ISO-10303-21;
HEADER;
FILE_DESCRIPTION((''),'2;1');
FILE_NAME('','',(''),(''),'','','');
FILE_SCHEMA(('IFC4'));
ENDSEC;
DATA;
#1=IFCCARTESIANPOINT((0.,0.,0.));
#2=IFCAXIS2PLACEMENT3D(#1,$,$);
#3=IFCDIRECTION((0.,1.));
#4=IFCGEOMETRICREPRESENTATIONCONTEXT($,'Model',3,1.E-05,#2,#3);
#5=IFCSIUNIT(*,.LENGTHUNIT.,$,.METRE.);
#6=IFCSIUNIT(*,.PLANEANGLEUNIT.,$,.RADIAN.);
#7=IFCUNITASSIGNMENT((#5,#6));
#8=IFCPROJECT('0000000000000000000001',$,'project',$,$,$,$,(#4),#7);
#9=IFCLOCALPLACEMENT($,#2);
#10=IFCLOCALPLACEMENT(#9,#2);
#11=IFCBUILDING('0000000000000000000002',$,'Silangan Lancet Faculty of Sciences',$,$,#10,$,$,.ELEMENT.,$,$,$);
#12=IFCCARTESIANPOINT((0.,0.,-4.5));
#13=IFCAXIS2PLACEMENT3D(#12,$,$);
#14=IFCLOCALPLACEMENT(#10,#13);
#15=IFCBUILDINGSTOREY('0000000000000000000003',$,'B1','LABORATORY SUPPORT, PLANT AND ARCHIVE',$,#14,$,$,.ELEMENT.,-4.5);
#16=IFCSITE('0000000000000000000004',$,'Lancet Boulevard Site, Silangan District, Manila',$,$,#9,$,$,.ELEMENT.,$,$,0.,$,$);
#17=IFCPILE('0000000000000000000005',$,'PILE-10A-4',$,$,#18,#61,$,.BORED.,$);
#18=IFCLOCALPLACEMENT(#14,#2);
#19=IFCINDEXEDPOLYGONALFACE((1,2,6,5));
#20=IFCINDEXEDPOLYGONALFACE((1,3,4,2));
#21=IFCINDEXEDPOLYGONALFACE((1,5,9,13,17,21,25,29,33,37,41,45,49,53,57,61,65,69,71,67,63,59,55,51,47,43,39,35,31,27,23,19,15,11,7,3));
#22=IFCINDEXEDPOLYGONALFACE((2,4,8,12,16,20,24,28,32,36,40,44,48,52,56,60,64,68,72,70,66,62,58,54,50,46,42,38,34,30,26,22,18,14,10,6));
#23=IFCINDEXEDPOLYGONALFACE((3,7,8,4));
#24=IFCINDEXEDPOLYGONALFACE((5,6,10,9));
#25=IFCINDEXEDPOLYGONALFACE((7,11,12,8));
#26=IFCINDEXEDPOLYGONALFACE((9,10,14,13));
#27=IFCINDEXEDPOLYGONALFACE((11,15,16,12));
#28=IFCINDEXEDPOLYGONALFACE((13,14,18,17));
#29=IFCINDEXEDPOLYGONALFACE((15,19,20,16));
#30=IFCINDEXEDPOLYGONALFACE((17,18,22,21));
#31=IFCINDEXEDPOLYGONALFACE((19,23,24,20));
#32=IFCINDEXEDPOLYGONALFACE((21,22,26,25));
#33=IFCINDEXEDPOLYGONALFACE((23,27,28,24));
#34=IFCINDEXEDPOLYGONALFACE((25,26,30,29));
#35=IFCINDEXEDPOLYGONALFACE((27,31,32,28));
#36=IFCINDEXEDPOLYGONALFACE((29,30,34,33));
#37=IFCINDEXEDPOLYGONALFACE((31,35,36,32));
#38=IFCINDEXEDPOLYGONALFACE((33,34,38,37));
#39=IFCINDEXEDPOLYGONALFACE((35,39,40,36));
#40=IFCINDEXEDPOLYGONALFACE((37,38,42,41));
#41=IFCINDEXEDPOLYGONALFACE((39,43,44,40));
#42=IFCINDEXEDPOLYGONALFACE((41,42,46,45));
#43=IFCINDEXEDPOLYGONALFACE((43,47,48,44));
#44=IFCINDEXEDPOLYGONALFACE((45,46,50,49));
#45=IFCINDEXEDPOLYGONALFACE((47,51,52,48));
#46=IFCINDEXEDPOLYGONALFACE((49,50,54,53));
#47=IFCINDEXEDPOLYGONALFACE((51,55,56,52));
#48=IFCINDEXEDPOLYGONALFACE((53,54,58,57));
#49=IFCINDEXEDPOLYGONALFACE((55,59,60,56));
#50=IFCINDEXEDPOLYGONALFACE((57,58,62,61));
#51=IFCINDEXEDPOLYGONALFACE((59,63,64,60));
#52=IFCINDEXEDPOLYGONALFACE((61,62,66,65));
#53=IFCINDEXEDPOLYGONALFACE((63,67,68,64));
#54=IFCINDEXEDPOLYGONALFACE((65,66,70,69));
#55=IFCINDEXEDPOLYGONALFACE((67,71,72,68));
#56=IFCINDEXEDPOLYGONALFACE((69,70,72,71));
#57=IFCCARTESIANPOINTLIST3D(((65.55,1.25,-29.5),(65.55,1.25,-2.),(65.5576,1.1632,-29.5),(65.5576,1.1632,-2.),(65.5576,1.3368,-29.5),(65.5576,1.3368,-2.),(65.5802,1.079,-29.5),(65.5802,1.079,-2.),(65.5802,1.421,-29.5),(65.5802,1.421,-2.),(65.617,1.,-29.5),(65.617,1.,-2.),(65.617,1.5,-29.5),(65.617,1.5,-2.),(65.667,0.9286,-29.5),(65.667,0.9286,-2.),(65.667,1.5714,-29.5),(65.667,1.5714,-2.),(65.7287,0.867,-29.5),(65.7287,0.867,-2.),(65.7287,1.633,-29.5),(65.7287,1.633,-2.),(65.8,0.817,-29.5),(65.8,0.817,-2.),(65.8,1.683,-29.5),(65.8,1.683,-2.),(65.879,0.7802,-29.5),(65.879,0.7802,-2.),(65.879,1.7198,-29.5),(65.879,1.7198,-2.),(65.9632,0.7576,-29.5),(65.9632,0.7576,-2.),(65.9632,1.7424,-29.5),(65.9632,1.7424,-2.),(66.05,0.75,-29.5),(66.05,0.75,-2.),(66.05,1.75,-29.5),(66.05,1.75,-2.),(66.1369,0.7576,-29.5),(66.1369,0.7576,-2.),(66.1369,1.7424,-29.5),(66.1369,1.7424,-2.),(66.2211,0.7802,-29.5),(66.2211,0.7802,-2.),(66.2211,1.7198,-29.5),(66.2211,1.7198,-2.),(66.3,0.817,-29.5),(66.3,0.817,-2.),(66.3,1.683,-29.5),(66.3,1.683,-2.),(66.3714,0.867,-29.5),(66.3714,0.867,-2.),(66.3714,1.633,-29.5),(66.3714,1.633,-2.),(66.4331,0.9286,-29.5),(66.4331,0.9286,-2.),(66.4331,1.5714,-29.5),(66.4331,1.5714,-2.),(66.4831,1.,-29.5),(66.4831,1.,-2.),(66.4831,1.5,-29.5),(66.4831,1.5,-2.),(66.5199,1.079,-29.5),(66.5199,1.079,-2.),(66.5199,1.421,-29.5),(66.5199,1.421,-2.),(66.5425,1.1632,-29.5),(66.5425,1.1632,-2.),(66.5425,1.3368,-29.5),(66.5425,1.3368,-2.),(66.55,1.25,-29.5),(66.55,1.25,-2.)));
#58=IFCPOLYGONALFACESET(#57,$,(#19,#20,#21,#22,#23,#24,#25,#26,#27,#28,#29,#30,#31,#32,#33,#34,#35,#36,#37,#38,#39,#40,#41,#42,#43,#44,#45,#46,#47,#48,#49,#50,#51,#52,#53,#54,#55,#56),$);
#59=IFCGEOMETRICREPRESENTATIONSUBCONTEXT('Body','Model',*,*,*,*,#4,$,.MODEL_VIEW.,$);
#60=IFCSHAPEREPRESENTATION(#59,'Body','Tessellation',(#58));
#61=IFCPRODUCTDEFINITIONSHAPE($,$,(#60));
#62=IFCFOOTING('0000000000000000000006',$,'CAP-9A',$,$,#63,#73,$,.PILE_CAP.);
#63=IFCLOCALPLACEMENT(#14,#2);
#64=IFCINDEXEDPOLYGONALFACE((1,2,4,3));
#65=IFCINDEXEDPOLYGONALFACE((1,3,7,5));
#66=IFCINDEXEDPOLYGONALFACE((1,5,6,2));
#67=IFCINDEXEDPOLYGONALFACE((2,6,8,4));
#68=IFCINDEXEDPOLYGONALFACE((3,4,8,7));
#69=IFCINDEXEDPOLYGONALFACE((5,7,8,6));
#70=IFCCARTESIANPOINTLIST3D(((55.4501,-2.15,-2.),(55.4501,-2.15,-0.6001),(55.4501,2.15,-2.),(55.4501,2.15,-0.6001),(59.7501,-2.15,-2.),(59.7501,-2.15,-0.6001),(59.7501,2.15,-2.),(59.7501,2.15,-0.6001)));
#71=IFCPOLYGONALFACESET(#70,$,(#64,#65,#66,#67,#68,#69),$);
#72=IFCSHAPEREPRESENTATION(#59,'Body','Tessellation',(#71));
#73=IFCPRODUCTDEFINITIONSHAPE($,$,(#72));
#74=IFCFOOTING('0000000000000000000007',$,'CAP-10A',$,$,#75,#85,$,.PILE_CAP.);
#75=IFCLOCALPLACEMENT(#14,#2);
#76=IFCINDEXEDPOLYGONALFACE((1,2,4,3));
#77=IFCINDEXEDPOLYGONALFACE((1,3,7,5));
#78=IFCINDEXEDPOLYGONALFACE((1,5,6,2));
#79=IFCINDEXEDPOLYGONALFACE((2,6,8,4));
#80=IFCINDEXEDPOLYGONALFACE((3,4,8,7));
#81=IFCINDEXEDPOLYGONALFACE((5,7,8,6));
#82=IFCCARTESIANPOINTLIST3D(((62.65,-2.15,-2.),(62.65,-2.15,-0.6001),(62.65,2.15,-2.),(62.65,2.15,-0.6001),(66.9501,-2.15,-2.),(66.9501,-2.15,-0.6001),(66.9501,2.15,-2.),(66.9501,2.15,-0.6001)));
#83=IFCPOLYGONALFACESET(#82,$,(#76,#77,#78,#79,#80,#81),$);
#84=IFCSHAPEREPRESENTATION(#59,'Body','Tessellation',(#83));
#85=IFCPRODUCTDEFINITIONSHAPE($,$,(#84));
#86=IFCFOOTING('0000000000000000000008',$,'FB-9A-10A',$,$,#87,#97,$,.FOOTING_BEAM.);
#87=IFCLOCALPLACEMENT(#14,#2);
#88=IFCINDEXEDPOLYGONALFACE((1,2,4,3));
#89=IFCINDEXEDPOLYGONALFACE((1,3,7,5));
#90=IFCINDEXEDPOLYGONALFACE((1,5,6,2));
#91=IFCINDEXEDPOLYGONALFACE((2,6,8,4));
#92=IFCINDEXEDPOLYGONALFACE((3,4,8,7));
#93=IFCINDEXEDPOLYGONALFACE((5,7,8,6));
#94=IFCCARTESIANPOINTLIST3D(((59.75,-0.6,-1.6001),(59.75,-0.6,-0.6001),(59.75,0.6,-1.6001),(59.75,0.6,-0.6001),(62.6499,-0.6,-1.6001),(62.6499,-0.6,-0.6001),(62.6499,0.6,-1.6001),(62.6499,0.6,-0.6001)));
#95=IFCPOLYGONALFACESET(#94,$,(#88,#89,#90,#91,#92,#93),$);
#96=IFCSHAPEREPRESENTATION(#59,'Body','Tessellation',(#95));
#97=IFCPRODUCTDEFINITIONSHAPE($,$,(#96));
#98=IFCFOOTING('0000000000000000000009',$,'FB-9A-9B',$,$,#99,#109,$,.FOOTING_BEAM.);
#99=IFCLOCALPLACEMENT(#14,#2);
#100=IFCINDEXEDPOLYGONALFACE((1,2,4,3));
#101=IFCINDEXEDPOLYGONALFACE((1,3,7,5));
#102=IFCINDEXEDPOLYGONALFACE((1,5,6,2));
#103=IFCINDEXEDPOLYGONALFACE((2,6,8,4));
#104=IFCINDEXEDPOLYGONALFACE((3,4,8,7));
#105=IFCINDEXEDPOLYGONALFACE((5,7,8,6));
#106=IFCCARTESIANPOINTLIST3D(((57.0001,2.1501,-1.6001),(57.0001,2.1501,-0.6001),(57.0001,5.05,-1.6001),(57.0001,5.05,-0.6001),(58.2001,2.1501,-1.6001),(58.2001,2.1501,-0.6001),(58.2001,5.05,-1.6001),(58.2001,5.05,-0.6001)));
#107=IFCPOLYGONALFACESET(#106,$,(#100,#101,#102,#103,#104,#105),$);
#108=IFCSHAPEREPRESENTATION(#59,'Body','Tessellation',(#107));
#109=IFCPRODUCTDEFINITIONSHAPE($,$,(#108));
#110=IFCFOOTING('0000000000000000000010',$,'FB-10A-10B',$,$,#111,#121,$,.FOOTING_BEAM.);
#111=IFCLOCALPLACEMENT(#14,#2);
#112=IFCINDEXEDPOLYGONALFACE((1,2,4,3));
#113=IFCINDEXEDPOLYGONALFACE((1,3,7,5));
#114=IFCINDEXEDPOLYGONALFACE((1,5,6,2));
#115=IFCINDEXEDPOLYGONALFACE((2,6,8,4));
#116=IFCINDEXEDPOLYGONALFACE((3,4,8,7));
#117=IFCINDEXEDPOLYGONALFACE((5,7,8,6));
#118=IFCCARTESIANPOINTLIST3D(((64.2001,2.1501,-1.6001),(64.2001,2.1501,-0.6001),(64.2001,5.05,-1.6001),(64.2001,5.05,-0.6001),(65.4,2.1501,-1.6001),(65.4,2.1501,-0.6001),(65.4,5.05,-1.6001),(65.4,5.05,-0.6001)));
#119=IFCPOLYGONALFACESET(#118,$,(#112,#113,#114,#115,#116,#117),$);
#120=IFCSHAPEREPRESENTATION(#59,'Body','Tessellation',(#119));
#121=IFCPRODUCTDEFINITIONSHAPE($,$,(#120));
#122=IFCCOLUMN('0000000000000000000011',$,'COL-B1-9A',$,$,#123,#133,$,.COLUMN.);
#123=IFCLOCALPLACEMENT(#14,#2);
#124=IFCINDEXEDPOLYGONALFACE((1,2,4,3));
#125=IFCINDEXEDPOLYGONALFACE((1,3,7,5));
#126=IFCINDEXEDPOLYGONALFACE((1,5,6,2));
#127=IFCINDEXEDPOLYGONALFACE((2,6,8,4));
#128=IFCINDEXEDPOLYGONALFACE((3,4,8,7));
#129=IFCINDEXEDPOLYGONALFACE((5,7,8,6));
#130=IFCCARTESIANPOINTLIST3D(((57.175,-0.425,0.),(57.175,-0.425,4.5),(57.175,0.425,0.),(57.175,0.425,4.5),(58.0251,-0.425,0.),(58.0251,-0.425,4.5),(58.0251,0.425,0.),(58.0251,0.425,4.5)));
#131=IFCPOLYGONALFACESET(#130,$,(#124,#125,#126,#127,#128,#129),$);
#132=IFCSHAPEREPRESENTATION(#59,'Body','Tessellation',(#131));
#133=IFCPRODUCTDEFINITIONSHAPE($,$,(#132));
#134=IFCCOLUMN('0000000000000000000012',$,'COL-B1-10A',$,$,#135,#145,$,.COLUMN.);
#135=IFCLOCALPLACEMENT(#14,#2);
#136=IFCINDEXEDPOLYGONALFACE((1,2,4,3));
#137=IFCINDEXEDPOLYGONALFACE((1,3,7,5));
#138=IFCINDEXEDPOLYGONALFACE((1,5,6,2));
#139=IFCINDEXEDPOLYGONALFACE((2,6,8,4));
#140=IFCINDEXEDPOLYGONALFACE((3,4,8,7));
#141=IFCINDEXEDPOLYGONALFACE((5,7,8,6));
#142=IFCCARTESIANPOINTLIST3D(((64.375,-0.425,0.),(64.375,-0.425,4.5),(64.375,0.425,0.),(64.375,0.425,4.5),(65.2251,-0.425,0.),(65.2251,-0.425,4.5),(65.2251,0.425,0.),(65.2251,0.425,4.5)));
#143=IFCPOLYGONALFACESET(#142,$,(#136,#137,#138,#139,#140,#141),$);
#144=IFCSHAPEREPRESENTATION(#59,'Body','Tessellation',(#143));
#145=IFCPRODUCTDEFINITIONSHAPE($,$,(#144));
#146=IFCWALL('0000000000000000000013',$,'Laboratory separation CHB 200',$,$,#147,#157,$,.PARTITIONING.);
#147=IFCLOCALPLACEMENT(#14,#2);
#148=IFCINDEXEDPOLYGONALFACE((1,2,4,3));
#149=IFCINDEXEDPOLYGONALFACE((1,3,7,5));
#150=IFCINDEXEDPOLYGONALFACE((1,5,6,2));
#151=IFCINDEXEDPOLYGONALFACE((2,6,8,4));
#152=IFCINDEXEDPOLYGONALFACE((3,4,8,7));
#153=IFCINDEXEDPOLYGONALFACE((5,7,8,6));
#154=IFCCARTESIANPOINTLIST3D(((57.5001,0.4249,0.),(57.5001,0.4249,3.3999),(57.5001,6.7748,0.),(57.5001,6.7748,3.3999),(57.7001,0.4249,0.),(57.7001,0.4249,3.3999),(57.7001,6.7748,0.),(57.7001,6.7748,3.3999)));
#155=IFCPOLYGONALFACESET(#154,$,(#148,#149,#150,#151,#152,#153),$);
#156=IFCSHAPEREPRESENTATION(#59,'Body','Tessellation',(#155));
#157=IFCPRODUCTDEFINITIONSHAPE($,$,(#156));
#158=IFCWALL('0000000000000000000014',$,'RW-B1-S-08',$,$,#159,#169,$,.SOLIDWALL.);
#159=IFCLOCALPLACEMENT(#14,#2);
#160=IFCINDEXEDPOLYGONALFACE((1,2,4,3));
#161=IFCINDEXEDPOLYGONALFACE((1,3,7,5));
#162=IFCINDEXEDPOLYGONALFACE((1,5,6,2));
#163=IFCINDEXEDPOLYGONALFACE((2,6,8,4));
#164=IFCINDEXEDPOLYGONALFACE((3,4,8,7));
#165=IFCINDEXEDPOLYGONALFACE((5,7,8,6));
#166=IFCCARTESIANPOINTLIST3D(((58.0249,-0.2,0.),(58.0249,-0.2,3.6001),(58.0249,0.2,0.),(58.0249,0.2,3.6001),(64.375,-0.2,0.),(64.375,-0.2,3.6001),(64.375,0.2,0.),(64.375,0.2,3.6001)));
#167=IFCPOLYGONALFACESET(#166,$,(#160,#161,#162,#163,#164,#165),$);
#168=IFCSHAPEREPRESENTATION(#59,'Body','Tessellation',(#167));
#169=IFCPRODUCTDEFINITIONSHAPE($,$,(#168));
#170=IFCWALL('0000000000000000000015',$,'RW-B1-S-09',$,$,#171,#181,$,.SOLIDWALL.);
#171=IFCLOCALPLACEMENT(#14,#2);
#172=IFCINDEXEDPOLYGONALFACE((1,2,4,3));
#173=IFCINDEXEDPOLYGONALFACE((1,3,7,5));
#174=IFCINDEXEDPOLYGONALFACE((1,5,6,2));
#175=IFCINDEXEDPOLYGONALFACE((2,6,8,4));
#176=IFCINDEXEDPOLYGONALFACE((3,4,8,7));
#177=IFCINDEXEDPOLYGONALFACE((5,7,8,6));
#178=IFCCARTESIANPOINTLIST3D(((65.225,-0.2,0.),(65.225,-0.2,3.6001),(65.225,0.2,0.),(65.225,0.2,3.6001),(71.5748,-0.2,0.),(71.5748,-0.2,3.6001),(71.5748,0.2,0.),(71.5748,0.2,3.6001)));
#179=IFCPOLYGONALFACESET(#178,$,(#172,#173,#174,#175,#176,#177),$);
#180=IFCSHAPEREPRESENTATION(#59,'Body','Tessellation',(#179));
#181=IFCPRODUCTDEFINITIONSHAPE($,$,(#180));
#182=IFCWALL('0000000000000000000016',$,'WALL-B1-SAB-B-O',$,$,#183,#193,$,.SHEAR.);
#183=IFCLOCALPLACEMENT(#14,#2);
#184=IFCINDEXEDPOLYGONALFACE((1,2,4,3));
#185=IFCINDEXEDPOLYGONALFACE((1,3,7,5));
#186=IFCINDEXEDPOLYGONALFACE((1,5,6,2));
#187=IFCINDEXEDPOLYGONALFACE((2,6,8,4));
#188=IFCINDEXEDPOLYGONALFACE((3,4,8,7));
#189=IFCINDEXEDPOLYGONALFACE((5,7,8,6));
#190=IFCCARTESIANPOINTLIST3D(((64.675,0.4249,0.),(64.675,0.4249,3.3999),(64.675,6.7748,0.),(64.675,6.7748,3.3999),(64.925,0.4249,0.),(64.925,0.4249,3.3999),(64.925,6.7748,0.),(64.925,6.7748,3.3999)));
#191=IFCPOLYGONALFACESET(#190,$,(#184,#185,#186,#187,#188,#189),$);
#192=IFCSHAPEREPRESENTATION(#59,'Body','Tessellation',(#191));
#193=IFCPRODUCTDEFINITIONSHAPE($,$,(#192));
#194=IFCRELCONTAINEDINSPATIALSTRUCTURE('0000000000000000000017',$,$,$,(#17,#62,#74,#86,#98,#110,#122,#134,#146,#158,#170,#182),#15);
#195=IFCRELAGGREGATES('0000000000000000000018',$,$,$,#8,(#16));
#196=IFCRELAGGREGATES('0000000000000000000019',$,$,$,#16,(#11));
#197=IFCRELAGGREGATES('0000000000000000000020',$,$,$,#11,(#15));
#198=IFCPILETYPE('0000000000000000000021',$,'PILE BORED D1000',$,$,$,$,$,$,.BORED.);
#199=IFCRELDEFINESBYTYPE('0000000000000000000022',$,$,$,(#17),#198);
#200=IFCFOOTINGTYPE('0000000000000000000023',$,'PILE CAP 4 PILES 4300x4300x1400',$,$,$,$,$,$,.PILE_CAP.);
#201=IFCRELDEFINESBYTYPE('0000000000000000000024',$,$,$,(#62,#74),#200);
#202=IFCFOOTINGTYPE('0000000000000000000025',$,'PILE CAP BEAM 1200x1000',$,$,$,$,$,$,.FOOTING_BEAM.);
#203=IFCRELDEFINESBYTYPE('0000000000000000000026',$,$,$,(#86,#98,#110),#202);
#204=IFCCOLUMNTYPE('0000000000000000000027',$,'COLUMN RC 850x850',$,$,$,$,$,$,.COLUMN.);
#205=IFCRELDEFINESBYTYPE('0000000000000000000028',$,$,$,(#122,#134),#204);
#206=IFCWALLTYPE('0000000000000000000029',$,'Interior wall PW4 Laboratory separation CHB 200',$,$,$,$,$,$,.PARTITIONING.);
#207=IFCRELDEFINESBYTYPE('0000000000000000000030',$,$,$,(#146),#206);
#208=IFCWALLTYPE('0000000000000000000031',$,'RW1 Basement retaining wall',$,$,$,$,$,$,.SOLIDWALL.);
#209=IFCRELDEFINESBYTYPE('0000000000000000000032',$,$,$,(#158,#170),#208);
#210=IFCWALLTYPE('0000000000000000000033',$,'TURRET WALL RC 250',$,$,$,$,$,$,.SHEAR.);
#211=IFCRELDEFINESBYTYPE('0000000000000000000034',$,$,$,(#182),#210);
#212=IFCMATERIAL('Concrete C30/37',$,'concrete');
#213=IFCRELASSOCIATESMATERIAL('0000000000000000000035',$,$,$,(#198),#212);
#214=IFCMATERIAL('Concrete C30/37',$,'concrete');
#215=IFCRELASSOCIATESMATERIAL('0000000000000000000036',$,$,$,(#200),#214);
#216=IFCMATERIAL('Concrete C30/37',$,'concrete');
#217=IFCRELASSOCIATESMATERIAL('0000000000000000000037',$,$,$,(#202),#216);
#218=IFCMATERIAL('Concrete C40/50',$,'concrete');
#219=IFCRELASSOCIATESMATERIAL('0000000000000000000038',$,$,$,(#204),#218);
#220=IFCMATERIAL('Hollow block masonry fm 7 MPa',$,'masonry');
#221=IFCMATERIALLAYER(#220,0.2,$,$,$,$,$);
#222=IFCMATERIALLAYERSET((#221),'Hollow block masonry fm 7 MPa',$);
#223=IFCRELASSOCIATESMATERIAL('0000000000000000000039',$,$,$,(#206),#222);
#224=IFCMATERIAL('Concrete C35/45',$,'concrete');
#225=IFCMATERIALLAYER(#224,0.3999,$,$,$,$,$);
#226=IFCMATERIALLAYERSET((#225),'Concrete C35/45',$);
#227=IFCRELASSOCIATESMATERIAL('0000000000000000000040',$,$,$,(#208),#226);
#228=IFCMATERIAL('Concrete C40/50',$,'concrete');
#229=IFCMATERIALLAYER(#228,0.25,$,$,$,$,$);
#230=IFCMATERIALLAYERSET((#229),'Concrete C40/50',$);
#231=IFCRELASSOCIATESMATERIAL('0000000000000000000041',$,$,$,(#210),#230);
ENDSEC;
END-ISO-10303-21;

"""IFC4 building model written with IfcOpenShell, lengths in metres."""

from ifc_helpers import new_model, si_unit, direction, frame, frame_2d, origin, origin_2d, place, context, subcontext, project, spatial, rectangle, circle, extrude, material, layer, layer_set, material_profile, profile_set, type_object, element, save


model = new_model("IFC4")

# Units and contexts
model_context = context("Model", 3, precision=1e-05, world=origin(), true_north=direction((0.0, 1.0)))
body_context = subcontext(model_context, "Body", "Model", "MODEL_VIEW")
ifc_project = project(units=[si_unit("LENGTHUNIT", "METRE"), si_unit("PLANEANGLEUNIT", "RADIAN")], contexts=[model_context])

# Site, building, storey
site_placement = place(None, origin())
site = spatial("IfcSite", under=ifc_project, at=site_placement, Name="Lancet Boulevard Site, Silangan District, Manila", CompositionType="ELEMENT", RefElevation=0.0)
building_placement = place(site_placement, origin())
building = spatial("IfcBuilding", under=site, at=building_placement, Name="Silangan Lancet Faculty of Sciences", CompositionType="ELEMENT")
storey_placement = place(building_placement, frame((0.0, 0.0, -4.5)))
storey = spatial("IfcBuildingStorey", under=building, at=storey_placement, Name="B1", Description="LABORATORY SUPPORT, PLANT AND ARCHIVE", CompositionType="ELEMENT", Elevation=-4.5)

# Pile
ifc_material_1 = material(Name="Concrete C30/37", Category="concrete")
ifc_material_profile_1 = material_profile(ifc_material_1, circle(Radius=0.5, at=origin_2d()), Name="BORED PILE D1000")
ifc_profile_set_1 = profile_set([ifc_material_profile_1], Name="Concrete C30/37")
pile_type = type_object("IfcPileType", Name="PILE BORED D1000", PredefinedType="BORED", material=ifc_profile_set_1)
for number, where, z_axis, x_axis, name in (
    (1, (66.05, 1.25, -2.0), (0.0, 0.0, -1.0), (1.0, 0.0, 0.0), "PILE-10A-4"),
):
    element("IfcPile", number, at=place(storey_placement, frame(where, z_axis=z_axis, x_axis=x_axis)), inside=storey, type_object=pile_type, Name=name, PredefinedType="BORED", context=body_context, shape_type="SweptSolid", body=[
        extrude(circle(Radius=0.5, at=origin_2d()), origin(), (0.0, 0.0, 1.0), 27.5),
    ])

# Footings
ifc_material_2 = material(Name="Concrete C30/37", Category="concrete")
footing_type_1 = type_object("IfcFootingType", Name="PILE CAP 4 PILES 4300x4300x1400", PredefinedType="PILE_CAP", material=ifc_material_2)
for number, where, z_axis, x_axis, name in (
    (2, (57.6001, 0.0, -2.0), (0.0, 0.0, 1.0), (1.0, 0.0, 0.0), "CAP-9A"),
    (3, (64.8, 0.0, -2.0), (0.0, 0.0, 1.0), (1.0, 0.0, 0.0), "CAP-10A"),
):
    element("IfcFooting", number, at=place(storey_placement, frame(where, z_axis=z_axis, x_axis=x_axis)), inside=storey, type_object=footing_type_1, Name=name, PredefinedType="PILE_CAP", context=body_context, shape_type="SweptSolid", body=[
        extrude(rectangle(XDim=4.3, YDim=4.3, at=origin_2d()), origin(), (0.0, 0.0, 1.0), 1.3999),
    ])
ifc_material_3 = material(Name="Concrete C30/37", Category="concrete")
footing_type_2 = type_object("IfcFootingType", Name="PILE CAP BEAM 1200x1000", PredefinedType="FOOTING_BEAM", material=ifc_material_3)
for number, where, z_axis, x_axis, name in (
    (4, (61.2, 0.0, -1.6001), (0.0, 0.0, 1.0), (1.0, 0.0, 0.0), "FB-9A-10A"),
    (5, (57.6001, 3.6001, -1.6001), (0.0, 0.0, 1.0), (0.0, 1.0, 0.0), "FB-9A-9B"),
    (6, (64.8, 3.6001, -1.6001), (0.0, 0.0, 1.0), (0.0, 1.0, 0.0), "FB-10A-10B"),
):
    element("IfcFooting", number, at=place(storey_placement, frame(where, z_axis=z_axis, x_axis=x_axis)), inside=storey, type_object=footing_type_2, Name=name, PredefinedType="FOOTING_BEAM", context=body_context, shape_type="SweptSolid", body=[
        extrude(rectangle(XDim=2.8999, YDim=1.2, at=origin_2d()), origin(), (0.0, 0.0, 1.0), 1.0),
    ])

# Columns
ifc_material_4 = material(Name="Concrete C40/50", Category="concrete")
ifc_material_profile_2 = material_profile(ifc_material_4, rectangle(XDim=0.8501, YDim=0.8501, at=origin_2d()), Name="RC 850x850")
ifc_profile_set_2 = profile_set([ifc_material_profile_2], Name="Concrete C40/50")
column_type = type_object("IfcColumnType", Name="COLUMN RC 850x850", PredefinedType="COLUMN", material=ifc_profile_set_2)
for number, where, z_axis, x_axis, name in (
    (7, (57.6001, 0.0, 0.0), (0.0, 0.0, 1.0), (1.0, 0.0, 0.0), "COL-B1-9A"),
    (8, (64.8, 0.0, 0.0), (0.0, 0.0, 1.0), (1.0, 0.0, 0.0), "COL-B1-10A"),
):
    element("IfcColumn", number, at=place(storey_placement, frame(where, z_axis=z_axis, x_axis=x_axis)), inside=storey, type_object=column_type, Name=name, PredefinedType="COLUMN", context=body_context, shape_type="SweptSolid", body=[
        extrude(rectangle(XDim=0.8501, YDim=0.8501, at=origin_2d()), origin(), (0.0, 0.0, 1.0), 4.5),
    ])

# Walls
ifc_material_5 = material(Name="Hollow block masonry fm 7 MPa", Category="masonry")
ifc_layer_1 = layer(ifc_material_5, 0.2)
ifc_layer_set_1 = layer_set([ifc_layer_1], Name="Hollow block masonry fm 7 MPa")
wall_type_1 = type_object("IfcWallType", Name="Interior wall PW4 Laboratory separation CHB 200", PredefinedType="PARTITIONING", material=ifc_layer_set_1)
wall_1_placement = place(storey_placement, frame((57.6001, 0.425, 0.0), z_axis=(0.0, 0.0, 1.0), x_axis=(0.0, 1.0, 0.0)))
element("IfcWall", 9, at=wall_1_placement, inside=storey, type_object=wall_type_1, Name="Laboratory separation CHB 200", PredefinedType="PARTITIONING", context=body_context, shape_type="SweptSolid", body=[
    extrude(rectangle(XDim=6.3499, YDim=0.2, at=frame_2d((3.1748, 0.0))), origin(), (0.0, 0.0, 1.0), 3.3999),
])
ifc_material_6 = material(Name="Concrete C35/45", Category="concrete")
ifc_layer_2 = layer(ifc_material_6, 0.3999)
ifc_layer_set_2 = layer_set([ifc_layer_2], Name="Concrete C35/45")
wall_type_2 = type_object("IfcWallType", Name="RW1 Basement retaining wall", PredefinedType="SOLIDWALL", material=ifc_layer_set_2)
wall_2_placement = place(storey_placement, frame((58.0249, 0.0, 0.0), z_axis=(0.0, 0.0, 1.0), x_axis=(1.0, 0.0, 0.0)))
element("IfcWall", 10, at=wall_2_placement, inside=storey, type_object=wall_type_2, Name="RW-B1-S-08", PredefinedType="SOLIDWALL", context=body_context, shape_type="SweptSolid", body=[
    extrude(rectangle(XDim=6.3501, YDim=0.3999, at=frame_2d((3.175, 0.0))), origin(), (0.0, 0.0, 1.0), 3.6001),
])
wall_3_placement = place(storey_placement, frame((65.2251, 0.0, 0.0), z_axis=(0.0, 0.0, 1.0), x_axis=(1.0, 0.0, 0.0)))
element("IfcWall", 11, at=wall_3_placement, inside=storey, type_object=wall_type_2, Name="RW-B1-S-09", PredefinedType="SOLIDWALL", context=body_context, shape_type="SweptSolid", body=[
    extrude(rectangle(XDim=6.3499, YDim=0.3999, at=frame_2d((3.1748, 0.0))), origin(), (0.0, 0.0, 1.0), 3.6001),
])
ifc_material_7 = material(Name="Concrete C40/50", Category="concrete")
ifc_layer_3 = layer(ifc_material_7, 0.25)
ifc_layer_set_3 = layer_set([ifc_layer_3], Name="Concrete C40/50")
wall_type_3 = type_object("IfcWallType", Name="TURRET WALL RC 250", PredefinedType="SHEAR", material=ifc_layer_set_3)
wall_4_placement = place(storey_placement, frame((64.8, 0.425, 0.0), z_axis=(0.0, 0.0, 1.0), x_axis=(0.0, 1.0, 0.0)))
element("IfcWall", 12, at=wall_4_placement, inside=storey, type_object=wall_type_3, Name="WALL-B1-SAB-B-O", PredefinedType="SHEAR", context=body_context, shape_type="SweptSolid", body=[
    extrude(rectangle(XDim=6.3499, YDim=0.25, at=frame_2d((3.1748, 0.0))), origin(), (0.0, 0.0, 1.0), 3.3999),
])

save(model, "model.ifc")
